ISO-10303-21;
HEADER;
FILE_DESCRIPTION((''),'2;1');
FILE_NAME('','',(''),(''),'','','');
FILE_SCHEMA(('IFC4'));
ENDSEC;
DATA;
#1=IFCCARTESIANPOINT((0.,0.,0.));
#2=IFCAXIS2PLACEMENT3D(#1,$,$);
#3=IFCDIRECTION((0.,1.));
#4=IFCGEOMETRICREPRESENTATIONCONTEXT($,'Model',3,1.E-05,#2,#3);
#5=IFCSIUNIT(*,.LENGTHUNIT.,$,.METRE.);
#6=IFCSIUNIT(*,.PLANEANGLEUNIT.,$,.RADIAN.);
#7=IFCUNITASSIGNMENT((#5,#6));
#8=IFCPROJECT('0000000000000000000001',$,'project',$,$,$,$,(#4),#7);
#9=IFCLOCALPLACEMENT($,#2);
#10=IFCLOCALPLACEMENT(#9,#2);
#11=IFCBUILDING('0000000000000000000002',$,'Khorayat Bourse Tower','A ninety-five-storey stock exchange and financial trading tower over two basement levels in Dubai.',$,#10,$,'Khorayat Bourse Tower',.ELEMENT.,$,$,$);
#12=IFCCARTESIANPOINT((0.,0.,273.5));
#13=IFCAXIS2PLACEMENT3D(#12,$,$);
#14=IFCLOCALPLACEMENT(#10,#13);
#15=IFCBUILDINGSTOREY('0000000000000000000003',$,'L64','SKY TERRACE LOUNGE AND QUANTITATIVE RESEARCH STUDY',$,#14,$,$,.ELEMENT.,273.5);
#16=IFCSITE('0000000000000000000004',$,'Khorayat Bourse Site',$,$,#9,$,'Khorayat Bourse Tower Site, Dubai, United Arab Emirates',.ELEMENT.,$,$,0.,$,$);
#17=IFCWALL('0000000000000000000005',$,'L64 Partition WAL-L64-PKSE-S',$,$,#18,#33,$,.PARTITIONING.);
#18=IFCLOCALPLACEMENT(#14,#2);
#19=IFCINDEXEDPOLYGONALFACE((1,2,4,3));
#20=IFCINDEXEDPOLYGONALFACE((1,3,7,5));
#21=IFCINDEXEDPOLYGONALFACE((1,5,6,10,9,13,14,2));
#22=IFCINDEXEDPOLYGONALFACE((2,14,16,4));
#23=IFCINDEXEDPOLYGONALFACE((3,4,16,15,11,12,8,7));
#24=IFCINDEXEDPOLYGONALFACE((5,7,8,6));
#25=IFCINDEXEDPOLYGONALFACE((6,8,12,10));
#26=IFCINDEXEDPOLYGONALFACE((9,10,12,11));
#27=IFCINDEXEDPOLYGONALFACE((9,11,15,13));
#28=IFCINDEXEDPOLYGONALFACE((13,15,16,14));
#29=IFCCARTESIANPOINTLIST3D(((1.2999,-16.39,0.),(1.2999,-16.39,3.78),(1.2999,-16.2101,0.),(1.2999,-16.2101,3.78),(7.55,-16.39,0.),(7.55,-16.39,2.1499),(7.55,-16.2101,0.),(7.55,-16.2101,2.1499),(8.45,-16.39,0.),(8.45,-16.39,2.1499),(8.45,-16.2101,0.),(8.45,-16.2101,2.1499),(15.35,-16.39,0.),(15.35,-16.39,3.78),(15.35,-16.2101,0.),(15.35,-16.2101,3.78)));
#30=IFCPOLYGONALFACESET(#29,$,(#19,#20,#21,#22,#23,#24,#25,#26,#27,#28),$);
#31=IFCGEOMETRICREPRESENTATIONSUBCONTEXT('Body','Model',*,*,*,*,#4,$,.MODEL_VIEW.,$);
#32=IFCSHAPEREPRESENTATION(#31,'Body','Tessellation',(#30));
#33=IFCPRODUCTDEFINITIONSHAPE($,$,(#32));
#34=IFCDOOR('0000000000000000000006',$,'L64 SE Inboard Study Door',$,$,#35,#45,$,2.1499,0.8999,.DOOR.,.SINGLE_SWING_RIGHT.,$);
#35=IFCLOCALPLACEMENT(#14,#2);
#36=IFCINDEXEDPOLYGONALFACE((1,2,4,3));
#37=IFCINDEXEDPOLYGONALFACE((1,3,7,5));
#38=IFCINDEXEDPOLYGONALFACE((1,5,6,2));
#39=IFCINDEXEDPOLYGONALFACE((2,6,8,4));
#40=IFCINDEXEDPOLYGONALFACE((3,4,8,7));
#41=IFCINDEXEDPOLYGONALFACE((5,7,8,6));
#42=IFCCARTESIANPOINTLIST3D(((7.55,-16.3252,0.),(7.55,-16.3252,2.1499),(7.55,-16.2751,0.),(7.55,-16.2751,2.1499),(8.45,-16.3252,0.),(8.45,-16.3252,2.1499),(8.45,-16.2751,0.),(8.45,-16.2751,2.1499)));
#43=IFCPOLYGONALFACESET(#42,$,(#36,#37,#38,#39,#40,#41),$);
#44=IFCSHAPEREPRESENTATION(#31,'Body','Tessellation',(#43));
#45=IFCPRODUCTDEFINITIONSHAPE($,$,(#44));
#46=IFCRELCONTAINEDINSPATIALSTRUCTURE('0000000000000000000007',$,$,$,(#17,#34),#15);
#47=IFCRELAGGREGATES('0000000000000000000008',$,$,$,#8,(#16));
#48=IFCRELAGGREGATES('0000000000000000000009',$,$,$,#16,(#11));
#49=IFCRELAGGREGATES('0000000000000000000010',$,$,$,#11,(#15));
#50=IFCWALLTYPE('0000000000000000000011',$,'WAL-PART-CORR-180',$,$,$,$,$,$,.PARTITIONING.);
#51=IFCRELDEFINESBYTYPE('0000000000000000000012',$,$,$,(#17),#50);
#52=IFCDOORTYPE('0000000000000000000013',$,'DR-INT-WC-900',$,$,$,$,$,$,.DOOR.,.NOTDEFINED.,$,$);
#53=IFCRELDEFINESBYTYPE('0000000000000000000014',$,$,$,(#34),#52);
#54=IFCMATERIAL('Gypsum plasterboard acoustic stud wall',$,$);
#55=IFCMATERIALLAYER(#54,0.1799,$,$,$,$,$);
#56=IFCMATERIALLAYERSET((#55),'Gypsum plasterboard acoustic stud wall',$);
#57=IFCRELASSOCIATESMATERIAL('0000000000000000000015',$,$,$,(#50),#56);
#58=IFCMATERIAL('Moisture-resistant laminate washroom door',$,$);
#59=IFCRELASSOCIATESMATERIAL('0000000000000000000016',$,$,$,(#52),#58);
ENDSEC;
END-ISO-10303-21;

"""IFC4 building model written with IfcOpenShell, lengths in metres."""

from ifc_helpers import new_model, si_unit, direction, frame, frame_2d, origin, place, context, subcontext, project, spatial, rectangle, extrude, source, transform, mapped, material, layer, layer_set, type_object, element, fill, save


model = new_model("IFC4")

# Units and contexts
model_context = context("Model", 3, precision=1e-05, world=origin(), true_north=direction((0.0, 1.0)))
body_context = subcontext(model_context, "Body", "Model", "MODEL_VIEW")
ifc_project = project(units=[si_unit("LENGTHUNIT", "METRE"), si_unit("PLANEANGLEUNIT", "RADIAN")], contexts=[model_context])

# Site, building, storey
site_placement = place(None, origin())
site = spatial("IfcSite", under=ifc_project, at=site_placement, Name="Khorayat Bourse Site", LongName="Khorayat Bourse Tower Site, Dubai, United Arab Emirates", CompositionType="ELEMENT", RefElevation=0.0)
building_placement = place(site_placement, origin())
building = spatial("IfcBuilding", under=site, at=building_placement, Name="Khorayat Bourse Tower", Description="A ninety-five-storey stock exchange and financial trading tower over two basement levels in Dubai.", LongName="Khorayat Bourse Tower", CompositionType="ELEMENT")
storey_placement = place(building_placement, frame((0.0, 0.0, 273.5)))
storey = spatial("IfcBuildingStorey", under=building, at=storey_placement, Name="L64", Description="SKY TERRACE LOUNGE AND QUANTITATIVE RESEARCH STUDY", CompositionType="ELEMENT", Elevation=273.5)

# Shared definitions
ifc_material_1 = material(Name="Gypsum plasterboard acoustic stud wall")
ifc_layer_1 = layer(ifc_material_1, 0.1799)
ifc_layer_set_1 = layer_set([ifc_layer_1], Name="Gypsum plasterboard acoustic stud wall")
wall_type_1 = type_object("IfcWallType", Name="WAL-PART-CORR-180", PredefinedType="PARTITIONING", material=ifc_layer_set_1)

# Wall, opening, door
shared_shape_1 = source(origin(), body_context, "Body", "SweptSolid", [
    extrude(rectangle(XDim=14.05, YDim=0.1799, at=frame_2d((7.0249, 0.0))), origin(), (0.0, 0.0, 1.0), 3.78),
])
wall_1_placement = place(storey_placement, frame((1.3, -16.3, 0.0), z_axis=(0.0, 0.0, 1.0), x_axis=(1.0, 0.0, 0.0)))
wall_1 = element("IfcWall", 1, at=wall_1_placement, inside=storey, type_object=wall_type_1, Name="L64 Partition WAL-L64-PKSE-S", PredefinedType="PARTITIONING", context=body_context, shape_type="MappedRepresentation", body=[
    mapped(shared_shape_1, transform((0.0, 0.0, 0.0), scale=1.0)),
])
shared_shape_2 = source(origin(), body_context, "Body", "SweptSolid", [
    extrude(rectangle(XDim=0.8999, YDim=2.1499, at=frame_2d((0.45, 1.075))), frame((0.0, 0.0999, 0.0), z_axis=(0.0, -1.0, 0.0), x_axis=(1.0, 0.0, 0.0)), (0.0, 0.0, 1.0), 0.2),
])
opening_1_placement = place(wall_1_placement, frame((6.25, 0.0, 0.0)))
opening_1 = element("IfcOpeningElement", 2, at=opening_1_placement, cuts=wall_1, PredefinedType="OPENING", context=body_context, shape_type="MappedRepresentation", body=[
    mapped(shared_shape_2, transform((0.0, 0.0, 0.0), scale=1.0)),
])
ifc_material_2 = material(Name="Moisture-resistant laminate washroom door")
door_type_1 = type_object("IfcDoorType", Name="DR-INT-WC-900", OperationType="NOTDEFINED", PredefinedType="DOOR", material=ifc_material_2)
shared_shape_3 = source(origin(), body_context, "Body", "SweptSolid", [
    extrude(rectangle(XDim=0.8999, YDim=2.1499, at=frame_2d((0.45, 1.075))), frame((0.0, 0.0249, 0.0), z_axis=(0.0, -1.0, 0.0), x_axis=(1.0, 0.0, 0.0)), (0.0, 0.0, 1.0), 0.05),
])
door_1_placement = place(opening_1_placement, origin())
door_1 = element("IfcDoor", 3, at=door_1_placement, inside=storey, type_object=door_type_1, Name="L64 SE Inboard Study Door", OperationType="SINGLE_SWING_RIGHT", OverallHeight=2.1499, OverallWidth=0.8999, PredefinedType="DOOR", context=body_context, shape_type="MappedRepresentation", body=[
    mapped(shared_shape_3, transform((0.0, 0.0, 0.0), scale=1.0)),
])
fill(opening_1, door_1)

save(model, "model.ifc")
